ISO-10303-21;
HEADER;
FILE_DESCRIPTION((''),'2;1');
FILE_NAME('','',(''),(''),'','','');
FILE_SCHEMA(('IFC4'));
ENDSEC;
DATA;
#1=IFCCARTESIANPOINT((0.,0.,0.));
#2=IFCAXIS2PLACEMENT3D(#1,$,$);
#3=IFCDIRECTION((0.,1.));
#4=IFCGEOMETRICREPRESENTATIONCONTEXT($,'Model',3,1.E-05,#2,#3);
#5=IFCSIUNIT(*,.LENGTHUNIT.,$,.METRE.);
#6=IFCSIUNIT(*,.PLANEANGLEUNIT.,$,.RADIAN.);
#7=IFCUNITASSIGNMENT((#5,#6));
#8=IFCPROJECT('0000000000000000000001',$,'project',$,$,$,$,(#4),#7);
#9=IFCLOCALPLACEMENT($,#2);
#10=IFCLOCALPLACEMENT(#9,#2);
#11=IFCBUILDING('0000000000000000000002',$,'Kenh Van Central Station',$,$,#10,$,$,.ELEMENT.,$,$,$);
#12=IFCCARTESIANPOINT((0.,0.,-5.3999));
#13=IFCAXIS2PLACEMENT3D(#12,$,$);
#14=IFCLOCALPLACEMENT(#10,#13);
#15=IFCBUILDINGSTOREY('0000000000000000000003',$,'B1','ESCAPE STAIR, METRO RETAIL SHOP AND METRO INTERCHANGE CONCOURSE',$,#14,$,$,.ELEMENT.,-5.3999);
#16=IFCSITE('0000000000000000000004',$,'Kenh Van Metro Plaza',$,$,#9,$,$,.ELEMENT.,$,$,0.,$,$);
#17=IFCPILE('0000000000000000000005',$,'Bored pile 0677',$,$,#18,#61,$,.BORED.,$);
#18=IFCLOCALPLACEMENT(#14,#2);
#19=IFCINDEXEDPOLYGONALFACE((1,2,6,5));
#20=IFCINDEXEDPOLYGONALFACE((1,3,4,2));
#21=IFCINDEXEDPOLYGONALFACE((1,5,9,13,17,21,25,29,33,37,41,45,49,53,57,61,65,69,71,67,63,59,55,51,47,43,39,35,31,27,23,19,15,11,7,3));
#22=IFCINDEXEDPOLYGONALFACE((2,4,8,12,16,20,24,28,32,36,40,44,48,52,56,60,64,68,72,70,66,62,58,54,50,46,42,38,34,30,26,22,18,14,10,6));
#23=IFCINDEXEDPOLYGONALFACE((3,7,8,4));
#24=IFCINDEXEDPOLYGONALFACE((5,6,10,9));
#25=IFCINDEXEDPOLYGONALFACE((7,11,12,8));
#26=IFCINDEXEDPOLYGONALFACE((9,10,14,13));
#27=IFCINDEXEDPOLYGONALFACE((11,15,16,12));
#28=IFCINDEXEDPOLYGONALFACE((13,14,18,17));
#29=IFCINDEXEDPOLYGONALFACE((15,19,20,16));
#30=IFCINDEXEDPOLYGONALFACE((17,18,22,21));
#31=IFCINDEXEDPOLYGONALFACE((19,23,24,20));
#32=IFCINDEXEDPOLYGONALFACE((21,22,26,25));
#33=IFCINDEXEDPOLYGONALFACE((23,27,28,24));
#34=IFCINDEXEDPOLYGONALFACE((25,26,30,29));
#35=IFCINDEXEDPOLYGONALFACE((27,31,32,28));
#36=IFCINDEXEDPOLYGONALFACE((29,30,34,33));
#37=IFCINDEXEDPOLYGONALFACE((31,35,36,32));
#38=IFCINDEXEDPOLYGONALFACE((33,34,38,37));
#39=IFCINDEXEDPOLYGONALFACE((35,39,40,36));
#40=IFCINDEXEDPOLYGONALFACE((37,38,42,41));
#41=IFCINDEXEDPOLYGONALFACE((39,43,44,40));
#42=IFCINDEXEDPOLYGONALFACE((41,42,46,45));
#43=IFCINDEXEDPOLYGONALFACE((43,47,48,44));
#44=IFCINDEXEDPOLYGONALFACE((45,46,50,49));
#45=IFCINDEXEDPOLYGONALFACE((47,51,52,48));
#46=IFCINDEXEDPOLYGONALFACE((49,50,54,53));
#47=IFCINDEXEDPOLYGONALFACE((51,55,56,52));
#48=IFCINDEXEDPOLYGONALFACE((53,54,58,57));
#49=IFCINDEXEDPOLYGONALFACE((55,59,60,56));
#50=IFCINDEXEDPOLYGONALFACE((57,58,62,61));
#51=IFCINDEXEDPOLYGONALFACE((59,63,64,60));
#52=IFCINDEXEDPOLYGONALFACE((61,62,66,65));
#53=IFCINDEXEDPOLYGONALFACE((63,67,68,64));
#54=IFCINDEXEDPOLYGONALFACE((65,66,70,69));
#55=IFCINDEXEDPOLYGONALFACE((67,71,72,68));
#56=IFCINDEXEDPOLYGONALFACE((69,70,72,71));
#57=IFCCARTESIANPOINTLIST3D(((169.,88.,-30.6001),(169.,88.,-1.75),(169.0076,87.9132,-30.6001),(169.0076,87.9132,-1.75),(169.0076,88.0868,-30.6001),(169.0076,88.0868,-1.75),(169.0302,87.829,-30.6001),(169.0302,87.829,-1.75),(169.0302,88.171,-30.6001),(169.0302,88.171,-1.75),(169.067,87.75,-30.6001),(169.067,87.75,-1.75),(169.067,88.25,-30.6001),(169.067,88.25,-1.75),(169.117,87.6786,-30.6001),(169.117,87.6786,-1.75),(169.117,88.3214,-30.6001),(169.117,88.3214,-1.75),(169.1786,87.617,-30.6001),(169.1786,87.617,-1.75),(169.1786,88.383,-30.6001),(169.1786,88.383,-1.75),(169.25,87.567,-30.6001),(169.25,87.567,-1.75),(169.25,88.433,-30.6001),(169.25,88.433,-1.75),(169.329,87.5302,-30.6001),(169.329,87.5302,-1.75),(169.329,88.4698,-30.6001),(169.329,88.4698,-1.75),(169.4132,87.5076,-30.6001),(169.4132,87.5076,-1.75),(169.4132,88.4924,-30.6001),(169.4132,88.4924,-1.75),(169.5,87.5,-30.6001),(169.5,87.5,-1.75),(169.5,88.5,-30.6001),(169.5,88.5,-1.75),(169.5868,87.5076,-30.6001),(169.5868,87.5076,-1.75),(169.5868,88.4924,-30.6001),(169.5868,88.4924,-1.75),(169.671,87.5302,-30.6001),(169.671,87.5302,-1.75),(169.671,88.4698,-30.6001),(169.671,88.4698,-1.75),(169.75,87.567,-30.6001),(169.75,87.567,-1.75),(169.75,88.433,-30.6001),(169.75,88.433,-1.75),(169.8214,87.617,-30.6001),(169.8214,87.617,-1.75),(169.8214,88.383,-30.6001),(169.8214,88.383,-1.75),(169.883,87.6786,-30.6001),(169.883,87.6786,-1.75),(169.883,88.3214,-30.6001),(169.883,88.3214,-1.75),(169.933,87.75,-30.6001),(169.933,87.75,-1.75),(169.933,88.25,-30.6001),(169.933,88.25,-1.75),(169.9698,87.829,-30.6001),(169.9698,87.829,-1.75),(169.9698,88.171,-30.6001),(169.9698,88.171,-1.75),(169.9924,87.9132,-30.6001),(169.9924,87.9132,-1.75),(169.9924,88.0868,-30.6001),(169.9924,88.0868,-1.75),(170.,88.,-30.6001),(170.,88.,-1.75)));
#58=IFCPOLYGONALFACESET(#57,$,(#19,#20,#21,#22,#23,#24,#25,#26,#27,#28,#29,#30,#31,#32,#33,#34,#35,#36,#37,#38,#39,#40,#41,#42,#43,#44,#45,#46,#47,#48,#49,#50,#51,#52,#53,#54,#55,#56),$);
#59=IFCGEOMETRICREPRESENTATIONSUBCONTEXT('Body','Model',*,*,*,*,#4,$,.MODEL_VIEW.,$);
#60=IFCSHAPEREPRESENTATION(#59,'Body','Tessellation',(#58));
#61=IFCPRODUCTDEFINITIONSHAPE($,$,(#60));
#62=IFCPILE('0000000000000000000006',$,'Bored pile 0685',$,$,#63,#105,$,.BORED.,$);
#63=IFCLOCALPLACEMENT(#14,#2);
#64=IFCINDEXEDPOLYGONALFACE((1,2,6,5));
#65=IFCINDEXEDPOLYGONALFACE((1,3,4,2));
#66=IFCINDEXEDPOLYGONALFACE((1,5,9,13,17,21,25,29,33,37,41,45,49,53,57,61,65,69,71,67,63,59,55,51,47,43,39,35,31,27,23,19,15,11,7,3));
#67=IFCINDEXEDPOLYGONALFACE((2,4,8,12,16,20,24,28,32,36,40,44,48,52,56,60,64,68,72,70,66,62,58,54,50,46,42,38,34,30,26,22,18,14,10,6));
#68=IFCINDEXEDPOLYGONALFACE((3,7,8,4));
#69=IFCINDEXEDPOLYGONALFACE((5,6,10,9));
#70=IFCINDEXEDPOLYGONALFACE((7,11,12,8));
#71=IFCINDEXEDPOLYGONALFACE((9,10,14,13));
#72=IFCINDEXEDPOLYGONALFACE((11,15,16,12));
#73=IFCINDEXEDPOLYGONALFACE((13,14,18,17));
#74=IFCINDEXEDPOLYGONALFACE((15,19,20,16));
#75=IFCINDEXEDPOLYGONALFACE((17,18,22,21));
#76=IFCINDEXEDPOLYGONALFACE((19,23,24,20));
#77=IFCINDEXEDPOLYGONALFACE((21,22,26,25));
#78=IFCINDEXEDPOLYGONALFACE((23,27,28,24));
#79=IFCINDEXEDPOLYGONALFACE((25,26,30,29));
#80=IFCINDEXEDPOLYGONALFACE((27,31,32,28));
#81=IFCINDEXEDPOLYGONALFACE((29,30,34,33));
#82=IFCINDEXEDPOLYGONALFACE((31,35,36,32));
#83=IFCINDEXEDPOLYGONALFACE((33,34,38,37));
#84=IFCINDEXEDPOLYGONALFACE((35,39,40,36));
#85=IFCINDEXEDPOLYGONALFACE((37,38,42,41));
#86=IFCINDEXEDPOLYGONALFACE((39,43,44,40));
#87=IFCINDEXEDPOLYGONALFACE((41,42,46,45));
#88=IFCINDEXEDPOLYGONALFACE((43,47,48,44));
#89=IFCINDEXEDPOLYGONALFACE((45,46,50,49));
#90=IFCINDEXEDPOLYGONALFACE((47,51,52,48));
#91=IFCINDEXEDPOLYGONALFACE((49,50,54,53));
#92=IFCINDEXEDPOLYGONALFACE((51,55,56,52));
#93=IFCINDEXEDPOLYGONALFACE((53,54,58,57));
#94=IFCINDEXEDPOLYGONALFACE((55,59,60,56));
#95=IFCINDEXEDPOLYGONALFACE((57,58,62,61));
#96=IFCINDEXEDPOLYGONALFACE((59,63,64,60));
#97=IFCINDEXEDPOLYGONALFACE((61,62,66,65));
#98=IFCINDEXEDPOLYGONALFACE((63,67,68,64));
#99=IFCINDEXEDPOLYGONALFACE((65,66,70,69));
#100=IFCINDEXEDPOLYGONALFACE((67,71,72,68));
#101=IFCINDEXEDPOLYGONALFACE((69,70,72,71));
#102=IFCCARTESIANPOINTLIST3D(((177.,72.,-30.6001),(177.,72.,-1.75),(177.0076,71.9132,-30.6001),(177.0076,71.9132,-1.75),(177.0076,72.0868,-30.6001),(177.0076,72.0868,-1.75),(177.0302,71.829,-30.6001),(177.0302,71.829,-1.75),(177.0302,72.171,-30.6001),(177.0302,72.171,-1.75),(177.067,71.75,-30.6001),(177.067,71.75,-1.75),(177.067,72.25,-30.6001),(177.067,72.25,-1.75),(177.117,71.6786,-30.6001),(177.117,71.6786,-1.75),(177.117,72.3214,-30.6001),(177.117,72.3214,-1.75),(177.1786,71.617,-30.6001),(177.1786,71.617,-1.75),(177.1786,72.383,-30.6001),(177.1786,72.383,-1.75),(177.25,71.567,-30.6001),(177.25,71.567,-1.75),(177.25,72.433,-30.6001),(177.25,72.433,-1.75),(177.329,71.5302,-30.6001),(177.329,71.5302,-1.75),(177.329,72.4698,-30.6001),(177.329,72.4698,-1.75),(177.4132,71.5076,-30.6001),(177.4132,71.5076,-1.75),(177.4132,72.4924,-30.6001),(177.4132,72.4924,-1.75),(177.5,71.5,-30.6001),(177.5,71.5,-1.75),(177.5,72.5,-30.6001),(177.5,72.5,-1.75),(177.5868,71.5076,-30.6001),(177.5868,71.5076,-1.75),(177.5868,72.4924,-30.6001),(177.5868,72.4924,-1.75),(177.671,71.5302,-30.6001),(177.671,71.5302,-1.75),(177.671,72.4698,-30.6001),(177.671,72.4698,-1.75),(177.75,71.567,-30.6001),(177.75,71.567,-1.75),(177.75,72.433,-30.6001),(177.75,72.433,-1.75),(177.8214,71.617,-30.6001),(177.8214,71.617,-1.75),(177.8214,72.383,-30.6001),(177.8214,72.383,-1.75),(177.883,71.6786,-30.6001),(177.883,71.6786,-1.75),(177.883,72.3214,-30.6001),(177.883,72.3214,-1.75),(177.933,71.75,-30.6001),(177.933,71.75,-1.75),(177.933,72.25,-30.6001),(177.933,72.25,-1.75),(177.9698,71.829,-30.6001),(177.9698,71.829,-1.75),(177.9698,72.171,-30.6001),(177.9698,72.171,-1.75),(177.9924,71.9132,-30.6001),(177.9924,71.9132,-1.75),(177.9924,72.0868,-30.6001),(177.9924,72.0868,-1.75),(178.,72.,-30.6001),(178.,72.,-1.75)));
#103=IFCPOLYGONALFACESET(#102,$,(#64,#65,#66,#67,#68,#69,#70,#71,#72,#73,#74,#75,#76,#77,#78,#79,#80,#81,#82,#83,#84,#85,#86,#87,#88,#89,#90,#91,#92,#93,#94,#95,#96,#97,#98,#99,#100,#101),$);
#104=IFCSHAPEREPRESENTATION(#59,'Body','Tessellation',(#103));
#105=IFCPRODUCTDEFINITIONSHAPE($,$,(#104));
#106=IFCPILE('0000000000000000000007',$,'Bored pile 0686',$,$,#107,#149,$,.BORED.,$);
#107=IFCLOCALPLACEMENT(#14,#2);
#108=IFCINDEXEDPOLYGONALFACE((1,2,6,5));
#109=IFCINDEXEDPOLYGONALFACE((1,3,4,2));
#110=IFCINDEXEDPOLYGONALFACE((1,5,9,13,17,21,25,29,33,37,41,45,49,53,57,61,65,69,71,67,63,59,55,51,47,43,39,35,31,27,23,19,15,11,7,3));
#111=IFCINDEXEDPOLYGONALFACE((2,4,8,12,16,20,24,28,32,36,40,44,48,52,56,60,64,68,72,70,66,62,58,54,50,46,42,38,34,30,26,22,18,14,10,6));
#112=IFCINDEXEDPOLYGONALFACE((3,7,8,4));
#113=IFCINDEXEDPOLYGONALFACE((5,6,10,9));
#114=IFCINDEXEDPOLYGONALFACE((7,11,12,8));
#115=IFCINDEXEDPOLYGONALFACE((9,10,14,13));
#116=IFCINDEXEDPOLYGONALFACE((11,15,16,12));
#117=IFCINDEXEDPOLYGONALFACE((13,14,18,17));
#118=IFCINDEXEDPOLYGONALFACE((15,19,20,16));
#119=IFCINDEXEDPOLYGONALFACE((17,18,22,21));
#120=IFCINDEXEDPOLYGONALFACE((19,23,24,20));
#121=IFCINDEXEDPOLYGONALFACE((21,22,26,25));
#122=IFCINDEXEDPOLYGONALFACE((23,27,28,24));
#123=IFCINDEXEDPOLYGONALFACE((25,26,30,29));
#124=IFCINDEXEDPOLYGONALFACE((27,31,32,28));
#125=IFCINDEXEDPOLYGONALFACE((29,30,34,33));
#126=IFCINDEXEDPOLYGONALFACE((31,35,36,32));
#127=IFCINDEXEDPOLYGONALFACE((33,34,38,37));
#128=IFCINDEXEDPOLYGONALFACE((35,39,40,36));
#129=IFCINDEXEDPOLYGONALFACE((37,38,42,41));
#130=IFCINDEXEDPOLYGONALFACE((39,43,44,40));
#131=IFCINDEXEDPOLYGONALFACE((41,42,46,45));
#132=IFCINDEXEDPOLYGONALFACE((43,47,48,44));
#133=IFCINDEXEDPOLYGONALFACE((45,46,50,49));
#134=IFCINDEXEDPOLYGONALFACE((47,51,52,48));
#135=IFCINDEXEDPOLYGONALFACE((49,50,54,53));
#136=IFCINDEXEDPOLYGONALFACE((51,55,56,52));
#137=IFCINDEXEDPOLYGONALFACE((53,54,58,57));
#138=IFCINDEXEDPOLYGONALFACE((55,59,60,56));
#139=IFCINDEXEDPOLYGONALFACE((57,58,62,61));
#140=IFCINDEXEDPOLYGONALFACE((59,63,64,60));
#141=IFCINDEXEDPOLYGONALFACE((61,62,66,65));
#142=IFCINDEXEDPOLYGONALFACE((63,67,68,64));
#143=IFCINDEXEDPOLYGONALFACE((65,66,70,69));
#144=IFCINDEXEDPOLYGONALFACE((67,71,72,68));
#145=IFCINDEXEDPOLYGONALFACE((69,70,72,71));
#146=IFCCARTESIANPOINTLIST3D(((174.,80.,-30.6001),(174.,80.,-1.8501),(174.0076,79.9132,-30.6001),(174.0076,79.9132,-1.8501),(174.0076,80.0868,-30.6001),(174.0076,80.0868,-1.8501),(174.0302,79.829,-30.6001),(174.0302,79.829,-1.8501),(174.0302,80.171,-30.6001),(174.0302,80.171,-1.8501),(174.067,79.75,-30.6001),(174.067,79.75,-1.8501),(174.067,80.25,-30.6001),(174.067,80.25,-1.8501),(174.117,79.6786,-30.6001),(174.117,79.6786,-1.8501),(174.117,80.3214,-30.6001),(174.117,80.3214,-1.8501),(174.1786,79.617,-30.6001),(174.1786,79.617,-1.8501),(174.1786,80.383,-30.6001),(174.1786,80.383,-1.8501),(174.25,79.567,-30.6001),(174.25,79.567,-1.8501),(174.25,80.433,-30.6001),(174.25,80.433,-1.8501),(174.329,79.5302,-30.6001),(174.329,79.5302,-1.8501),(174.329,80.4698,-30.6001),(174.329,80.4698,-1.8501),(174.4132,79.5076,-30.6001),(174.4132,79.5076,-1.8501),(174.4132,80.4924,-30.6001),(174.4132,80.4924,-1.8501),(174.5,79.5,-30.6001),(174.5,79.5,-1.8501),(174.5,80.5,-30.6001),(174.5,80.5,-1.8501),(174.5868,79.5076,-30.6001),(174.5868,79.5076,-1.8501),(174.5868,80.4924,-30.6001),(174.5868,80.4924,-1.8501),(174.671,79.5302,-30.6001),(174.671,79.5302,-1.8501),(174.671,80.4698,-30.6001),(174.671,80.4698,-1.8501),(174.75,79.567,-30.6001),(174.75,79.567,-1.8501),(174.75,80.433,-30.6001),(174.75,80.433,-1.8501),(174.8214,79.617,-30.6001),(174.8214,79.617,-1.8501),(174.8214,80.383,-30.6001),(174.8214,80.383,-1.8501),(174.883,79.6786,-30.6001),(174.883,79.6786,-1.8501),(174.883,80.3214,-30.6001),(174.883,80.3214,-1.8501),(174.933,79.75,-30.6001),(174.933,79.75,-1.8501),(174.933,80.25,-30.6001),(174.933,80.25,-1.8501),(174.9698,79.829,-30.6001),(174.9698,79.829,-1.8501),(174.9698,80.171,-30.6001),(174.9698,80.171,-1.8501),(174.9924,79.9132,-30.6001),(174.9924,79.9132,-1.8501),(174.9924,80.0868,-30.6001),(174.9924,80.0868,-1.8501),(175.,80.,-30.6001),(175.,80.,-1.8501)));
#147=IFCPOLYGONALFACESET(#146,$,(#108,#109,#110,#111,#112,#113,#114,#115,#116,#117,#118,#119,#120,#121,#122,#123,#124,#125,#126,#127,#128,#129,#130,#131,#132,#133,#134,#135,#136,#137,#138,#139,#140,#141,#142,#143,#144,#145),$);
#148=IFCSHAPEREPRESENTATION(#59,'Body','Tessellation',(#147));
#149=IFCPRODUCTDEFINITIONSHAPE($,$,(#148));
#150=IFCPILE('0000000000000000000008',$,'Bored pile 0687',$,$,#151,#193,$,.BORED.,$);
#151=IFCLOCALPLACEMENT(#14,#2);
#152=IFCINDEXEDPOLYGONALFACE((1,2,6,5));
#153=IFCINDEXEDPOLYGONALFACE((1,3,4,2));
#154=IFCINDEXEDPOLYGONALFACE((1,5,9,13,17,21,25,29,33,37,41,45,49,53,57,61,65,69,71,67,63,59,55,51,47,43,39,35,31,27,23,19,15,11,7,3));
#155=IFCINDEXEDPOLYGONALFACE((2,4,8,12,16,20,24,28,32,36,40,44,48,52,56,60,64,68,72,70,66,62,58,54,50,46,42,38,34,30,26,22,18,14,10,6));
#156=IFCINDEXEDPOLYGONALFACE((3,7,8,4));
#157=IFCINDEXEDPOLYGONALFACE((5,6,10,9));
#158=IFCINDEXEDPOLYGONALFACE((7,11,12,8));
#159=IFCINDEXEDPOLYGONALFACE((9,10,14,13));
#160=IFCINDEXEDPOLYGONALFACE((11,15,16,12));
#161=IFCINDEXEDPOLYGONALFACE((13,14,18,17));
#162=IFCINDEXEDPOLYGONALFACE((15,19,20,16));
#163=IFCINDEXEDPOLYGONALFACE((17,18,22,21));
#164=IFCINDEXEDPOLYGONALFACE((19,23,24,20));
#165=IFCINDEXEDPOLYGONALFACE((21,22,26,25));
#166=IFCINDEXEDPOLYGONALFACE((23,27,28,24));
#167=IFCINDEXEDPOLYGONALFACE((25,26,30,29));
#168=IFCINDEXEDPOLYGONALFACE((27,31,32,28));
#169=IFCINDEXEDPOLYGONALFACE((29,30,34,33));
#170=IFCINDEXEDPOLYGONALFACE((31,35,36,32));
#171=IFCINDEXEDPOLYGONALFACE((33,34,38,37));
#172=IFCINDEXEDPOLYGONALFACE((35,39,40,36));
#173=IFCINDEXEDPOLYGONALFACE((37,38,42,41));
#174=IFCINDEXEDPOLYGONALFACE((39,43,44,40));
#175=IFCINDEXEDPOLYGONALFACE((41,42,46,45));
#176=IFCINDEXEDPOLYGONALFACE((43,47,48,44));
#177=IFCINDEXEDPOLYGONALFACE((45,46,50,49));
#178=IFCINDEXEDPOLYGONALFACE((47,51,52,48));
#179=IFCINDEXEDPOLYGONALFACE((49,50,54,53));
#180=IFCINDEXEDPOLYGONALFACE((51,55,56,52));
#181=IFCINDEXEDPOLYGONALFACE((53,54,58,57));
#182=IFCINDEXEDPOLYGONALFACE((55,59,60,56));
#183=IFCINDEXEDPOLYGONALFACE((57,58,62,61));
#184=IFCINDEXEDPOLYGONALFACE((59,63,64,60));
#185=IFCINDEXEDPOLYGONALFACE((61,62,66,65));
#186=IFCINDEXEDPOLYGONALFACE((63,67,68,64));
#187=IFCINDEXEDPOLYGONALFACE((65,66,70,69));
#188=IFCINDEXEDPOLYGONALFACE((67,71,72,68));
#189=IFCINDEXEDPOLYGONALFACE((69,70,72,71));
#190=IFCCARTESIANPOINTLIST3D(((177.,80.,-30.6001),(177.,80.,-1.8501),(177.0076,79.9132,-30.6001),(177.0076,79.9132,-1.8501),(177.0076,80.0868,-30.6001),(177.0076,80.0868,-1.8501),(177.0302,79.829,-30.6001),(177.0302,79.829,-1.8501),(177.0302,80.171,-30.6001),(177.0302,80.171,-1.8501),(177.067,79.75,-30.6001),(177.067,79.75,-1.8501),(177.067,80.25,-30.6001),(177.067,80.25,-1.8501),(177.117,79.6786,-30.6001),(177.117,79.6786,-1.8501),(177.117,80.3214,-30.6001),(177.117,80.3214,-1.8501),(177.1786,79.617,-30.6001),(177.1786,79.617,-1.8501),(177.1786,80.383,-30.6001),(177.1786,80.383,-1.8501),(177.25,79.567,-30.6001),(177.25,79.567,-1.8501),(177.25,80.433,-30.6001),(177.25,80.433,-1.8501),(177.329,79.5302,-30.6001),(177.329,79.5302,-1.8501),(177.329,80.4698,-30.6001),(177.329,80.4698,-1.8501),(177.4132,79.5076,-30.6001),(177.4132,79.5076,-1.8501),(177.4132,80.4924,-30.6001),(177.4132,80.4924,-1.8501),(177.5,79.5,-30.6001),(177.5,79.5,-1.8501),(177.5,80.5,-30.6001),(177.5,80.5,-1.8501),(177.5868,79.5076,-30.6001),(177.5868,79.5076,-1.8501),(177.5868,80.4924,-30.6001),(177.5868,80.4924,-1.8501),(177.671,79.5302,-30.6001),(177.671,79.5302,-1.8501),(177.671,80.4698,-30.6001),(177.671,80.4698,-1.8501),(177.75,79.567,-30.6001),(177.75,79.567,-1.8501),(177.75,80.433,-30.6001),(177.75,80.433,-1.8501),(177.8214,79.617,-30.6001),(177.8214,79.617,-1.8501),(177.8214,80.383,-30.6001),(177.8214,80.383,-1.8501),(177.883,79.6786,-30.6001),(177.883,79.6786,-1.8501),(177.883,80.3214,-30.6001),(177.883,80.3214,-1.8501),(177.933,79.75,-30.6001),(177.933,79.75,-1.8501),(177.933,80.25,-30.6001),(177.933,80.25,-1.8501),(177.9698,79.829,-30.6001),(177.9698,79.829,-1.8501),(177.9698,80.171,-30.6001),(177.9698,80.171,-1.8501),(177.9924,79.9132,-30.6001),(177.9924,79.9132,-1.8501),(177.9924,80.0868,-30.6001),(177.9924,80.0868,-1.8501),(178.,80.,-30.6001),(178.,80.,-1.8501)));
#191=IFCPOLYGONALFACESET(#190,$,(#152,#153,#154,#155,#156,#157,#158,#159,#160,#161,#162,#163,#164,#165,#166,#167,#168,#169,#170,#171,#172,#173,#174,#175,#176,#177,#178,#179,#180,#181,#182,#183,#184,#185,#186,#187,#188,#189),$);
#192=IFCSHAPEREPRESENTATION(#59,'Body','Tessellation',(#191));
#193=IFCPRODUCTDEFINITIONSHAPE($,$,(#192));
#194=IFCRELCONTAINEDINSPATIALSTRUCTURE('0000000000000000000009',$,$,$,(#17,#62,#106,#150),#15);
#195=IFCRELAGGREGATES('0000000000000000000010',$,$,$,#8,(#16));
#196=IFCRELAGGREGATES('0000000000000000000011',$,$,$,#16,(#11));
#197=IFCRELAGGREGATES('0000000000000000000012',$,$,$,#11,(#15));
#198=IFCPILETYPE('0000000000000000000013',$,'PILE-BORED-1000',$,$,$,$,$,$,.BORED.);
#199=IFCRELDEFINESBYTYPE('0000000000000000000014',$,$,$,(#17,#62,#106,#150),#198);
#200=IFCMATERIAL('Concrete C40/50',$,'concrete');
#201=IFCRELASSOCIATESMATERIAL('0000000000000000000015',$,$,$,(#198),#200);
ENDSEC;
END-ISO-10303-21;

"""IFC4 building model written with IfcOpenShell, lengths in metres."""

from ifc_helpers import new_model, si_unit, direction, frame, origin, origin_2d, place, context, subcontext, project, spatial, circle, extrude, material, material_profile, profile_set, type_object, element, save


model = new_model("IFC4")

# Units and contexts
model_context = context("Model", 3, precision=1e-05, world=origin(), true_north=direction((0.0, 1.0)))
body_context = subcontext(model_context, "Body", "Model", "MODEL_VIEW")
ifc_project = project(units=[si_unit("LENGTHUNIT", "METRE"), si_unit("PLANEANGLEUNIT", "RADIAN")], contexts=[model_context])

# Site, building, storey
site_placement = place(None, origin())
site = spatial("IfcSite", under=ifc_project, at=site_placement, Name="Kenh Van Metro Plaza", CompositionType="ELEMENT", RefElevation=0.0)
building_placement = place(site_placement, origin())
building = spatial("IfcBuilding", under=site, at=building_placement, Name="Kenh Van Central Station", CompositionType="ELEMENT")
storey_placement = place(building_placement, frame((0.0, 0.0, -5.3999)))
storey = spatial("IfcBuildingStorey", under=building, at=storey_placement, Name="B1", Description="ESCAPE STAIR, METRO RETAIL SHOP AND METRO INTERCHANGE CONCOURSE", CompositionType="ELEMENT", Elevation=-5.3999)

# Shared definitions
ifc_material_1 = material(Name="Concrete C40/50", Category="concrete")

# Piles
ifc_material_profile_1 = material_profile(ifc_material_1, circle(Radius=0.5, at=origin_2d()), Name="PILE D1000")
ifc_profile_set_1 = profile_set([ifc_material_profile_1], Name="Concrete C40/50")
pile_type = type_object("IfcPileType", Name="PILE-BORED-1000", PredefinedType="BORED", material=ifc_profile_set_1)
for number, where, z_axis, x_axis, name in (
    (1, (169.5, 88.0, -1.75), (0.0, 0.0, -1.0), (1.0, 0.0, 0.0), "Bored pile 0677"),
    (2, (177.5, 72.0, -1.75), (0.0, 0.0, -1.0), (1.0, 0.0, 0.0), "Bored pile 0685"),
):
    element("IfcPile", number, at=place(storey_placement, frame(where, z_axis=z_axis, x_axis=x_axis)), inside=storey, type_object=pile_type, Name=name, PredefinedType="BORED", context=body_context, shape_type="SweptSolid", body=[
        extrude(circle(Radius=0.5, at=origin_2d()), origin(), (0.0, 0.0, 1.0), 28.8501),
    ])
for number, where, z_axis, x_axis, name in (
    (3, (174.5, 80.0, -1.8501), (0.0, 0.0, -1.0), (1.0, 0.0, 0.0), "Bored pile 0686"),
    (4, (177.5, 80.0, -1.8501), (0.0, 0.0, -1.0), (1.0, 0.0, 0.0), "Bored pile 0687"),
):
    element("IfcPile", number, at=place(storey_placement, frame(where, z_axis=z_axis, x_axis=x_axis)), inside=storey, type_object=pile_type, Name=name, PredefinedType="BORED", context=body_context, shape_type="SweptSolid", body=[
        extrude(circle(Radius=0.5, at=origin_2d()), origin(), (0.0, 0.0, 1.0), 28.75),
    ])

save(model, "model.ifc")
